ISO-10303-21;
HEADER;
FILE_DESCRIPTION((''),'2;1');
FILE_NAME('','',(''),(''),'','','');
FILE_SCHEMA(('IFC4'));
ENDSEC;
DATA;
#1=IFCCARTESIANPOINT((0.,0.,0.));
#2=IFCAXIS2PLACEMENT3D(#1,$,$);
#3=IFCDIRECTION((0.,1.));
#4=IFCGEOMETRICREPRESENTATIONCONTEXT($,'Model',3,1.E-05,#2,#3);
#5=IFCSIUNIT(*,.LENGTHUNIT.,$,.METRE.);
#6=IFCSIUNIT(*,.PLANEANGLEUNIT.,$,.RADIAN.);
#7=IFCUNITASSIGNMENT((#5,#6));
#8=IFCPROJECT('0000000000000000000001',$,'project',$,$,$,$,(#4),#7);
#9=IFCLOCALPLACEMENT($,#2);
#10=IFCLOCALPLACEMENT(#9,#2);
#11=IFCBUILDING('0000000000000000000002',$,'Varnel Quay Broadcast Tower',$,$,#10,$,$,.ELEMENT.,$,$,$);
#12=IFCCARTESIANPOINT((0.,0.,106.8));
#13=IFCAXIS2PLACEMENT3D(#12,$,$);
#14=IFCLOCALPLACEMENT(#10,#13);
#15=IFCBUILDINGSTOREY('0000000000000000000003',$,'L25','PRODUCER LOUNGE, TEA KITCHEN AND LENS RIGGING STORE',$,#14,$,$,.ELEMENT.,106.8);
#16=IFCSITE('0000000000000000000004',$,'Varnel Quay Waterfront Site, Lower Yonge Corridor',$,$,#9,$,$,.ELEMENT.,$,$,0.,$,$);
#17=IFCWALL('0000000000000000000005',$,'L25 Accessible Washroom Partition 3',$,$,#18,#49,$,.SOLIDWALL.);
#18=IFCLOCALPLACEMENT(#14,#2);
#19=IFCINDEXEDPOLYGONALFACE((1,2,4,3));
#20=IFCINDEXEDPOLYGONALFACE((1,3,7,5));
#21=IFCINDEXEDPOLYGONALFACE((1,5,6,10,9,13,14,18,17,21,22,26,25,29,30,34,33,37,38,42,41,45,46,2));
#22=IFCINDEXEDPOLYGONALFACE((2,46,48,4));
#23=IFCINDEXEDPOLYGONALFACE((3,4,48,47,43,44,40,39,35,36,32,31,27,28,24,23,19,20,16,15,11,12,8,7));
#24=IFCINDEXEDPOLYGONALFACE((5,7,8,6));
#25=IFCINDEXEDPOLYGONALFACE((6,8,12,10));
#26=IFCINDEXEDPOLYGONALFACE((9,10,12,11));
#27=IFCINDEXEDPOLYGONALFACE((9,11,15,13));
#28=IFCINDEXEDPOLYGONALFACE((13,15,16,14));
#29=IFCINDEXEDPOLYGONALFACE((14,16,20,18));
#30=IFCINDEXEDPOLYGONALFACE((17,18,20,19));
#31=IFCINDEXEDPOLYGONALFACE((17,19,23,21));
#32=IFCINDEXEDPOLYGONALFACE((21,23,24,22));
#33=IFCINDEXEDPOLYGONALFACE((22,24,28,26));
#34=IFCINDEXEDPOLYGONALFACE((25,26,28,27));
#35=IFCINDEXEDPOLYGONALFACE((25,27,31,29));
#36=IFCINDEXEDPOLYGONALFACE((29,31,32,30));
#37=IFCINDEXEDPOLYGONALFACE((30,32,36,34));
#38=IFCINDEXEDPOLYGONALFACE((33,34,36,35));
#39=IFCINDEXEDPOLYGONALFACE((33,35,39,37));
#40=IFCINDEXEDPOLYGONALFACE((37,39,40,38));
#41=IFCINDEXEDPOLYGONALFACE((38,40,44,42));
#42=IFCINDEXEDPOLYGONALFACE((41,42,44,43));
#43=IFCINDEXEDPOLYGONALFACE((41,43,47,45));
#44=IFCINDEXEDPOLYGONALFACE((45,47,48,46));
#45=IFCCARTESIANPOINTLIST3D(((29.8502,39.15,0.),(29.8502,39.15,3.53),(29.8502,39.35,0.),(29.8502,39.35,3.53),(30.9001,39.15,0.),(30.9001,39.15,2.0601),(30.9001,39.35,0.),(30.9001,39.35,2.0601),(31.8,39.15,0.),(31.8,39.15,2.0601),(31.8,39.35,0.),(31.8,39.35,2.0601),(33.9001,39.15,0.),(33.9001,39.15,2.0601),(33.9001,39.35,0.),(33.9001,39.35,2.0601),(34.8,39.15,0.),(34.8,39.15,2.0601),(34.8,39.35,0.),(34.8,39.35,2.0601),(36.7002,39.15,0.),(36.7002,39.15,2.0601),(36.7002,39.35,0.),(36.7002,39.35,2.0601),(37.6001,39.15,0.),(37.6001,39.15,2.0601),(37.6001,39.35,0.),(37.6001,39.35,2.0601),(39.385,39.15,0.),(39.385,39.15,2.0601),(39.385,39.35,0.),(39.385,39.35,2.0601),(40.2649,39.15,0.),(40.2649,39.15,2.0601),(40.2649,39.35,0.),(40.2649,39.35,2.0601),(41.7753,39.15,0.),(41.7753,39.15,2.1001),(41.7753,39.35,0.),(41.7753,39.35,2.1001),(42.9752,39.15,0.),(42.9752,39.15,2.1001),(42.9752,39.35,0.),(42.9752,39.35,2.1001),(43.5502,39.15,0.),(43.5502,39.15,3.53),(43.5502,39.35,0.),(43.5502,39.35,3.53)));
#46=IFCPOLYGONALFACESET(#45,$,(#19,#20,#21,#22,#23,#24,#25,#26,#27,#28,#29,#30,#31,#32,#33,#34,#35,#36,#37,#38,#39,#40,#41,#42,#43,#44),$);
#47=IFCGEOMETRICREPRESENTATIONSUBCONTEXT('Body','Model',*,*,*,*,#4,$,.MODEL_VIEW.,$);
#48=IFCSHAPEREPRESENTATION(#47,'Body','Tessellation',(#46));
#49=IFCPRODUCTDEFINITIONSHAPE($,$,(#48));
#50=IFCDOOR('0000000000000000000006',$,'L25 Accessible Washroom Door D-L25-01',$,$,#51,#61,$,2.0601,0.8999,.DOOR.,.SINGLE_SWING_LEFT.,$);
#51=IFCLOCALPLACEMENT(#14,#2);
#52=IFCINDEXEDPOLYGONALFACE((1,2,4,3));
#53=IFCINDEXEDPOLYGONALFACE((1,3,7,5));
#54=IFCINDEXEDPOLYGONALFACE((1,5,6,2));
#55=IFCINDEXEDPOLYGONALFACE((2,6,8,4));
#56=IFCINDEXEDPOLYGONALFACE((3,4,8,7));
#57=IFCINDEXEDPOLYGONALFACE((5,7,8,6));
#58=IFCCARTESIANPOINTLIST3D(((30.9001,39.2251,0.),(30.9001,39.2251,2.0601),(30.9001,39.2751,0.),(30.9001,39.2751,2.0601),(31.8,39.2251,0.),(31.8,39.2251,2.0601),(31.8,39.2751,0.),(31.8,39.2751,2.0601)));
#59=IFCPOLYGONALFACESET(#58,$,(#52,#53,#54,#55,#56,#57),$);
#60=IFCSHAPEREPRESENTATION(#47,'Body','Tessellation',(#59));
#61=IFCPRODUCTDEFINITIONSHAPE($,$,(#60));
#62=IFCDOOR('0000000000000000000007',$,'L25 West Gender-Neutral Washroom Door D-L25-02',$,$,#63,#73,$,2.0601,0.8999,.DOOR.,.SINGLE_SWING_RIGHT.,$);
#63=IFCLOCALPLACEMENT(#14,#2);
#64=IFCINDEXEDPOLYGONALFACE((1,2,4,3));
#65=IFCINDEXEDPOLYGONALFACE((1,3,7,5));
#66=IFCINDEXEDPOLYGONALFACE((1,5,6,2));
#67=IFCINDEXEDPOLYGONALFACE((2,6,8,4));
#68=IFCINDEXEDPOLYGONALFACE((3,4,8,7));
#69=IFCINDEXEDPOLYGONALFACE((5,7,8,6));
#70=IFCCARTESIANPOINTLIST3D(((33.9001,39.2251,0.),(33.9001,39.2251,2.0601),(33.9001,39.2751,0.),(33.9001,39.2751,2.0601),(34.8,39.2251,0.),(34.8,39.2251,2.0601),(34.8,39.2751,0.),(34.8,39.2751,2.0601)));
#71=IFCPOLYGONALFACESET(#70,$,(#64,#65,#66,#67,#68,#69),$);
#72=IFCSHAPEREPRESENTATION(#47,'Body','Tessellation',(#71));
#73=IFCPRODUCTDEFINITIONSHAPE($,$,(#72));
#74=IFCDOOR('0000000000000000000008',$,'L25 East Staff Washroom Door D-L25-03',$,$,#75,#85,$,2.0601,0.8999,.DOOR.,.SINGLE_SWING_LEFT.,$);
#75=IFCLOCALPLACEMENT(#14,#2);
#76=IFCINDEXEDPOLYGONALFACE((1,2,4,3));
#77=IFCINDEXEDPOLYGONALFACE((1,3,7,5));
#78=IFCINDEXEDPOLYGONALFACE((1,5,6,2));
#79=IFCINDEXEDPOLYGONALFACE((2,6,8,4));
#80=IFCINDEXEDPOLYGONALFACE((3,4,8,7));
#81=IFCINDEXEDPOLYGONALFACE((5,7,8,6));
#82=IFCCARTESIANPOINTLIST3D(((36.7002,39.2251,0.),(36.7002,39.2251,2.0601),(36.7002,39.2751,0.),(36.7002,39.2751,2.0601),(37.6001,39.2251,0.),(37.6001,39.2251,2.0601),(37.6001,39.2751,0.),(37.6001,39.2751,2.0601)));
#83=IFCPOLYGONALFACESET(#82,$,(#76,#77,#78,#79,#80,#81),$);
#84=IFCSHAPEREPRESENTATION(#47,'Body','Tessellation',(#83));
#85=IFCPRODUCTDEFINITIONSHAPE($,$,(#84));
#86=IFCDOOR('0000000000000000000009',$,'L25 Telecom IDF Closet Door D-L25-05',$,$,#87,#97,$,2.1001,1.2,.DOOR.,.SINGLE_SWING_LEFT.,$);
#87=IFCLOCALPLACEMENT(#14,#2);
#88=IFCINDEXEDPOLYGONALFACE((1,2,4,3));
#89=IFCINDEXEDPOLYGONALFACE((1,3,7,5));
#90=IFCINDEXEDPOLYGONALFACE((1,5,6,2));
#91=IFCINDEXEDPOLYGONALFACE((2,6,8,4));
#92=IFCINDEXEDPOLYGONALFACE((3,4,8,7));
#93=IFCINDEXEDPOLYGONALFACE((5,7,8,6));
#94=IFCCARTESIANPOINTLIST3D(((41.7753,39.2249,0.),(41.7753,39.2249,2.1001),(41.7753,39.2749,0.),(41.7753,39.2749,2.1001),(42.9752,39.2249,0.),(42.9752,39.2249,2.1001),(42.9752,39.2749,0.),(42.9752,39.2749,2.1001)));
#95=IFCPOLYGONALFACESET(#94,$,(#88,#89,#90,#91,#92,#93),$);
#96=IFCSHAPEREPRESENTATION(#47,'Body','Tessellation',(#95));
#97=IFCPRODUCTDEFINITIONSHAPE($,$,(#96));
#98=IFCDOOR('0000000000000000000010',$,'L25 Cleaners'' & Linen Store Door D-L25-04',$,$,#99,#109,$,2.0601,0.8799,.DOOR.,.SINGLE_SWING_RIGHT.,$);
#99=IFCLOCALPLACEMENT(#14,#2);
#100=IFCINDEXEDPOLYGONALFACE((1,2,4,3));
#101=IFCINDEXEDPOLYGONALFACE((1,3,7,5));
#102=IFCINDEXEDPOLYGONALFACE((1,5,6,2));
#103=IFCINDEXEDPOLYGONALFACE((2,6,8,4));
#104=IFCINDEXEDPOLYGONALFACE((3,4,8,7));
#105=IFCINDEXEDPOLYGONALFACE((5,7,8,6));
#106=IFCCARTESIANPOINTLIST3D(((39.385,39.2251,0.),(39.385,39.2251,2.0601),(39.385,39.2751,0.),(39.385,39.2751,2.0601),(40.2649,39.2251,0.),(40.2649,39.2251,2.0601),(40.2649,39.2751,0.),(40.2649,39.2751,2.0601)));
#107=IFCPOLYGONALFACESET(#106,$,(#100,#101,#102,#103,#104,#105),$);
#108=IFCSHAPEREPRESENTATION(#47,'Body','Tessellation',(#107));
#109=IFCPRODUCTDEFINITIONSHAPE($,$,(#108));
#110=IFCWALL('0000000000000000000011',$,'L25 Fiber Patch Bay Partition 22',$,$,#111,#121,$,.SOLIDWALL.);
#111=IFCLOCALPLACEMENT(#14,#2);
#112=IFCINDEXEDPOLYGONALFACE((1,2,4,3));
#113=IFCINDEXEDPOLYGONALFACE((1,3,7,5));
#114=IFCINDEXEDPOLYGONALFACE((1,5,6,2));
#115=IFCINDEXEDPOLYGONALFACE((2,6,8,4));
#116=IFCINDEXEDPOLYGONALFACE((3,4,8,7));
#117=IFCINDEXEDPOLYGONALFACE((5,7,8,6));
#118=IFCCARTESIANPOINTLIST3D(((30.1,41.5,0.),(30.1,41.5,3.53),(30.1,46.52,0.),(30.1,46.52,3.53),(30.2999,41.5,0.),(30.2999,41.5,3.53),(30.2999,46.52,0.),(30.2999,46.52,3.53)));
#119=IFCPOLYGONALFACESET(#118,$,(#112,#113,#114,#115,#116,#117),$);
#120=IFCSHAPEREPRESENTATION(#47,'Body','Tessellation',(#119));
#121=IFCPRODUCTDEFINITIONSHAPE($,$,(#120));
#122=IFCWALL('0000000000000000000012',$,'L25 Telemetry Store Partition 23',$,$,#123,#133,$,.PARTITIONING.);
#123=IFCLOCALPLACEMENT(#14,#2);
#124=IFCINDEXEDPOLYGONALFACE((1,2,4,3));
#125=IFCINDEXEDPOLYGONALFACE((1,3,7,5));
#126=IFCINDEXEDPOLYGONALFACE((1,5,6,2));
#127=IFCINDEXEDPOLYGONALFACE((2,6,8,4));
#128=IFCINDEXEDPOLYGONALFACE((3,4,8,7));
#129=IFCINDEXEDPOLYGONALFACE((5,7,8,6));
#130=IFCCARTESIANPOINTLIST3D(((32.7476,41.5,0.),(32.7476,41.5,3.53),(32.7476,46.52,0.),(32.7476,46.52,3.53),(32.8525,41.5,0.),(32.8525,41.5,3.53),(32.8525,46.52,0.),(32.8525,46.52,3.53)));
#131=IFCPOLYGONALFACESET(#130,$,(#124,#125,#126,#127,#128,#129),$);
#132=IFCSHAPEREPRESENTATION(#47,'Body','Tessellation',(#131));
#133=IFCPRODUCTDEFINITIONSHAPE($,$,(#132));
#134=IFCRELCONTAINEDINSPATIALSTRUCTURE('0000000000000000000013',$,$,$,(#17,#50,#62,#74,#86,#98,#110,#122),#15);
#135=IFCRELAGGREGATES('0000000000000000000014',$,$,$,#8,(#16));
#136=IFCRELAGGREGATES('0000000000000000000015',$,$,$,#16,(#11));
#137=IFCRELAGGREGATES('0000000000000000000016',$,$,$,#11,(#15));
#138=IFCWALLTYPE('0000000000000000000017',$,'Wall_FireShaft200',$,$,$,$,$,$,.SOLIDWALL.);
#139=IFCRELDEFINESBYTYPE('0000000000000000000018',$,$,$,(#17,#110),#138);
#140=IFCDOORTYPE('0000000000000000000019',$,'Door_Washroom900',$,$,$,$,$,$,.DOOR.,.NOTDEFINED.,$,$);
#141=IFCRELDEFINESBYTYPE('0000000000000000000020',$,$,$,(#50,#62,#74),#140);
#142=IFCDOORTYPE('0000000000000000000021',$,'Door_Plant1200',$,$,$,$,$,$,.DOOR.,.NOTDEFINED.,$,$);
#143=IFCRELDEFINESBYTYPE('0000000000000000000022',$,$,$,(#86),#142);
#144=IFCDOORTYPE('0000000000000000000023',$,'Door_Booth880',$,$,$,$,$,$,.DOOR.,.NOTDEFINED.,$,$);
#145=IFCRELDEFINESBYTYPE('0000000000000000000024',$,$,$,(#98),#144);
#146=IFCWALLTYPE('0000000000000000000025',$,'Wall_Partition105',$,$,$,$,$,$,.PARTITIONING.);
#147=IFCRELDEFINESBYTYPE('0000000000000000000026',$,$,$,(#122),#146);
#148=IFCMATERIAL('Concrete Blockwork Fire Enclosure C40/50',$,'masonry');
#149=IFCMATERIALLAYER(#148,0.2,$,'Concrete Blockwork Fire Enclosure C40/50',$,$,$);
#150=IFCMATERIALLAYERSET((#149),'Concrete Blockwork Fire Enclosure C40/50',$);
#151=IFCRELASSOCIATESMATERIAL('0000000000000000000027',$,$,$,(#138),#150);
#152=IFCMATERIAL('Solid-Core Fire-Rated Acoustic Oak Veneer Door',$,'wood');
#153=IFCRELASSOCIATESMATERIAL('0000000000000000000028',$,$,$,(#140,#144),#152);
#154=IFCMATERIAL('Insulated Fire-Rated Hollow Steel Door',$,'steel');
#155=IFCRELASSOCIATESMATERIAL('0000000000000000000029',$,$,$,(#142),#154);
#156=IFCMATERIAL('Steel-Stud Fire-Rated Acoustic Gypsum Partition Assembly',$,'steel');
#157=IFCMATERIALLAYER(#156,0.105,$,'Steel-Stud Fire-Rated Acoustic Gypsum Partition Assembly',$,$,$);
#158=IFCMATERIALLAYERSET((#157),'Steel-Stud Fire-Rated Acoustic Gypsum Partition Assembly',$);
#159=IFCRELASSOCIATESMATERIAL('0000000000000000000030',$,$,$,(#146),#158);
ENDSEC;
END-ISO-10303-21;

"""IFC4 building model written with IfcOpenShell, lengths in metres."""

from ifc_helpers import new_model, si_unit, direction, frame, frame_2d, origin, place, context, subcontext, project, spatial, rectangle, extrude, source, transform, mapped, material, layer, layer_set, type_object, type_shapes, element, fill, save


model = new_model("IFC4")

# Units and contexts
model_context = context("Model", 3, precision=1e-05, world=origin(), true_north=direction((0.0, 1.0)))
body_context = subcontext(model_context, "Body", "Model", "MODEL_VIEW")
ifc_project = project(units=[si_unit("LENGTHUNIT", "METRE"), si_unit("PLANEANGLEUNIT", "RADIAN")], contexts=[model_context])

# Site, building, storey
site_placement = place(None, origin())
site = spatial("IfcSite", under=ifc_project, at=site_placement, Name="Varnel Quay Waterfront Site, Lower Yonge Corridor", CompositionType="ELEMENT", RefElevation=0.0)
building_placement = place(site_placement, origin())
building = spatial("IfcBuilding", under=site, at=building_placement, Name="Varnel Quay Broadcast Tower", CompositionType="ELEMENT")
storey_placement = place(building_placement, frame((0.0, 0.0, 106.8)))
storey = spatial("IfcBuildingStorey", under=building, at=storey_placement, Name="L25", Description="PRODUCER LOUNGE, TEA KITCHEN AND LENS RIGGING STORE", CompositionType="ELEMENT", Elevation=106.8)

# Wall, openings, doors
ifc_material_1 = material(Name="Concrete Blockwork Fire Enclosure C40/50", Category="masonry")
ifc_layer_1 = layer(ifc_material_1, 0.2, Name="Concrete Blockwork Fire Enclosure C40/50")
ifc_layer_set_1 = layer_set([ifc_layer_1], Name="Concrete Blockwork Fire Enclosure C40/50")
wall_type_1 = type_object("IfcWallType", Name="Wall_FireShaft200", PredefinedType="SOLIDWALL", material=ifc_layer_set_1)
wall_1_placement = place(storey_placement, frame((29.8501, 39.25, 0.0), z_axis=(0.0, 0.0, 1.0), x_axis=(1.0, 0.0, 0.0)))
wall_1 = element("IfcWall", 1, at=wall_1_placement, inside=storey, type_object=wall_type_1, Name="L25 Accessible Washroom Partition 3", PredefinedType="SOLIDWALL", context=body_context, shape_type="SweptSolid", body=[
    extrude(rectangle(XDim=13.7, YDim=0.2, at=frame_2d((6.8501, 0.0))), origin(), (0.0, 0.0, 1.0), 3.53),
])
opening_1_placement = place(wall_1_placement, frame((1.05, 0.0, 0.0)))
opening_1 = element("IfcOpeningElement", 2, at=opening_1_placement, cuts=wall_1, PredefinedType="OPENING", context=body_context, shape_type="SweptSolid", body=[
    extrude(rectangle(XDim=0.8999, YDim=2.0601, at=frame_2d((0.45, 1.03))), frame((0.0, 0.1099, 0.0), z_axis=(0.0, -1.0, 0.0), x_axis=(1.0, 0.0, 0.0)), (0.0, 0.0, 1.0), 0.22),
])
opening_2_placement = place(wall_1_placement, frame((4.05, 0.0, 0.0)))
opening_2 = element("IfcOpeningElement", 3, at=opening_2_placement, cuts=wall_1, PredefinedType="OPENING", context=body_context, shape_type="SweptSolid", body=[
    extrude(rectangle(XDim=0.8999, YDim=2.0601, at=frame_2d((0.45, 1.03))), frame((0.0, 0.1099, 0.0), z_axis=(0.0, -1.0, 0.0), x_axis=(1.0, 0.0, 0.0)), (0.0, 0.0, 1.0), 0.22),
])
opening_3_placement = place(wall_1_placement, frame((6.8501, 0.0, 0.0)))
opening_3 = element("IfcOpeningElement", 4, at=opening_3_placement, cuts=wall_1, PredefinedType="OPENING", context=body_context, shape_type="SweptSolid", body=[
    extrude(rectangle(XDim=0.8999, YDim=2.0601, at=frame_2d((0.45, 1.03))), frame((0.0, 0.1099, 0.0), z_axis=(0.0, -1.0, 0.0), x_axis=(1.0, 0.0, 0.0)), (0.0, 0.0, 1.0), 0.22),
])
opening_4_placement = place(wall_1_placement, frame((9.5349, 0.0, 0.0)))
opening_4 = element("IfcOpeningElement", 5, at=opening_4_placement, cuts=wall_1, PredefinedType="OPENING", context=body_context, shape_type="SweptSolid", body=[
    extrude(rectangle(XDim=0.8799, YDim=2.0601, at=frame_2d((0.4399, 1.03))), frame((0.0, 0.1099, 0.0), z_axis=(0.0, -1.0, 0.0), x_axis=(1.0, 0.0, 0.0)), (0.0, 0.0, 1.0), 0.22),
])
opening_5_placement = place(wall_1_placement, frame((11.925, 0.0, 0.0)))
opening_5 = element("IfcOpeningElement", 6, at=opening_5_placement, cuts=wall_1, PredefinedType="OPENING", context=body_context, shape_type="SweptSolid", body=[
    extrude(rectangle(XDim=1.2, YDim=2.1001, at=frame_2d((0.6001, 1.05))), frame((0.0, 0.1099, 0.0), z_axis=(0.0, -1.0, 0.0), x_axis=(1.0, 0.0, 0.0)), (0.0, 0.0, 1.0), 0.22),
])
ifc_material_2 = material(Name="Solid-Core Fire-Rated Acoustic Oak Veneer Door", Category="wood")
door_type_1 = type_object("IfcDoorType", Name="Door_Washroom900", OperationType="NOTDEFINED", PredefinedType="DOOR", material=ifc_material_2)
shared_shape_1 = source(origin(), body_context, "Body", "SweptSolid", [
    extrude(rectangle(XDim=0.8999, YDim=2.0601, at=frame_2d((0.45, 1.03))), frame((0.0, 0.0249, 0.0), z_axis=(0.0, -1.0, 0.0), x_axis=(1.0, 0.0, 0.0)), (0.0, 0.0, 1.0), 0.05),
])
type_shapes(door_type_1, [shared_shape_1])
door_1_placement = place(opening_1_placement, frame((0.8999, 0.0, 0.0), z_axis=(0.0, 0.0, 1.0), x_axis=(-1.0, 0.0, 0.0)))
door_1 = element("IfcDoor", 7, at=door_1_placement, inside=storey, type_object=door_type_1, Name="L25 Accessible Washroom Door D-L25-01", OperationType="SINGLE_SWING_LEFT", OverallHeight=2.0601, OverallWidth=0.8999, PredefinedType="DOOR", context=body_context, shape_type="MappedRepresentation", body=[
    mapped(shared_shape_1, transform((0.0, 0.0, 0.0), x_axis=(1.0, 0.0, 0.0), y_axis=(0.0, 1.0, 0.0), z_axis=(0.0, 0.0, 1.0), scale=1.0)),
])
fill(opening_1, door_1)
door_2_placement = place(opening_2_placement, frame((0.8999, 0.0, 0.0), z_axis=(0.0, 0.0, 1.0), x_axis=(-1.0, 0.0, 0.0)))
door_2 = element("IfcDoor", 8, at=door_2_placement, inside=storey, type_object=door_type_1, Name="L25 West Gender-Neutral Washroom Door D-L25-02", OperationType="SINGLE_SWING_RIGHT", OverallHeight=2.0601, OverallWidth=0.8999, PredefinedType="DOOR", context=body_context, shape_type="MappedRepresentation", body=[
    mapped(shared_shape_1, transform((0.0, 0.0, 0.0), x_axis=(1.0, 0.0, 0.0), y_axis=(0.0, 1.0, 0.0), z_axis=(0.0, 0.0, 1.0), scale=1.0)),
])
fill(opening_2, door_2)
door_3_placement = place(opening_3_placement, frame((0.8999, 0.0, 0.0), z_axis=(0.0, 0.0, 1.0), x_axis=(-1.0, 0.0, 0.0)))
door_3 = element("IfcDoor", 9, at=door_3_placement, inside=storey, type_object=door_type_1, Name="L25 East Staff Washroom Door D-L25-03", OperationType="SINGLE_SWING_LEFT", OverallHeight=2.0601, OverallWidth=0.8999, PredefinedType="DOOR", context=body_context, shape_type="MappedRepresentation", body=[
    mapped(shared_shape_1, transform((0.0, 0.0, 0.0), x_axis=(1.0, 0.0, 0.0), y_axis=(0.0, 1.0, 0.0), z_axis=(0.0, 0.0, 1.0), scale=1.0)),
])
fill(opening_3, door_3)
ifc_material_3 = material(Name="Insulated Fire-Rated Hollow Steel Door", Category="steel")
door_type_2 = type_object("IfcDoorType", Name="Door_Plant1200", OperationType="NOTDEFINED", PredefinedType="DOOR", material=ifc_material_3)
shared_shape_2 = source(origin(), body_context, "Body", "SweptSolid", [
    extrude(rectangle(XDim=1.2, YDim=2.1001, at=frame_2d((0.6001, 1.05))), frame((0.0, 0.0249, 0.0), z_axis=(0.0, -1.0, 0.0), x_axis=(1.0, 0.0, 0.0)), (0.0, 0.0, 1.0), 0.05),
])
type_shapes(door_type_2, [shared_shape_2])
door_4_placement = place(opening_5_placement, origin())
door_4 = element("IfcDoor", 10, at=door_4_placement, inside=storey, type_object=door_type_2, Name="L25 Telecom IDF Closet Door D-L25-05", OperationType="SINGLE_SWING_LEFT", OverallHeight=2.1001, OverallWidth=1.2, PredefinedType="DOOR", context=body_context, shape_type="MappedRepresentation", body=[
    mapped(shared_shape_2, transform((0.0, 0.0, 0.0), x_axis=(1.0, 0.0, 0.0), y_axis=(0.0, 1.0, 0.0), z_axis=(0.0, 0.0, 1.0), scale=1.0)),
])
fill(opening_5, door_4)
door_type_3 = type_object("IfcDoorType", Name="Door_Booth880", OperationType="NOTDEFINED", PredefinedType="DOOR", material=ifc_material_2)
shared_shape_3 = source(origin(), body_context, "Body", "SweptSolid", [
    extrude(rectangle(XDim=0.8799, YDim=2.0601, at=frame_2d((0.4399, 1.03))), frame((0.0, 0.0249, 0.0), z_axis=(0.0, -1.0, 0.0), x_axis=(1.0, 0.0, 0.0)), (0.0, 0.0, 1.0), 0.05),
])
type_shapes(door_type_3, [shared_shape_3])
door_5_placement = place(opening_4_placement, frame((0.8799, 0.0, 0.0), z_axis=(0.0, 0.0, 1.0), x_axis=(-1.0, 0.0, 0.0)))
door_5 = element("IfcDoor", 11, at=door_5_placement, inside=storey, type_object=door_type_3, Name="L25 Cleaners' & Linen Store Door D-L25-04", OperationType="SINGLE_SWING_RIGHT", OverallHeight=2.0601, OverallWidth=0.8799, PredefinedType="DOOR", context=body_context, shape_type="MappedRepresentation", body=[
    mapped(shared_shape_3, transform((0.0, 0.0, 0.0), x_axis=(1.0, 0.0, 0.0), y_axis=(0.0, 1.0, 0.0), z_axis=(0.0, 0.0, 1.0), scale=1.0)),
])
fill(opening_4, door_5)

# Walls
wall_2_placement = place(storey_placement, frame((30.2, 41.5, 0.0), z_axis=(0.0, 0.0, 1.0), x_axis=(0.0, 1.0, 0.0)))
element("IfcWall", 12, at=wall_2_placement, inside=storey, type_object=wall_type_1, Name="L25 Fiber Patch Bay Partition 22", PredefinedType="SOLIDWALL", context=body_context, shape_type="SweptSolid", body=[
    extrude(rectangle(XDim=5.02, YDim=0.2, at=frame_2d((2.51, 0.0))), origin(), (0.0, 0.0, 1.0), 3.53),
])
ifc_material_4 = material(Name="Steel-Stud Fire-Rated Acoustic Gypsum Partition Assembly", Category="steel")
ifc_layer_2 = layer(ifc_material_4, 0.105, Name="Steel-Stud Fire-Rated Acoustic Gypsum Partition Assembly")
ifc_layer_set_2 = layer_set([ifc_layer_2], Name="Steel-Stud Fire-Rated Acoustic Gypsum Partition Assembly")
wall_type_2 = type_object("IfcWallType", Name="Wall_Partition105", PredefinedType="PARTITIONING", material=ifc_layer_set_2)
wall_3_placement = place(storey_placement, frame((32.8, 41.5, 0.0), z_axis=(0.0, 0.0, 1.0), x_axis=(0.0, 1.0, 0.0)))
element("IfcWall", 13, at=wall_3_placement, inside=storey, type_object=wall_type_2, Name="L25 Telemetry Store Partition 23", PredefinedType="PARTITIONING", context=body_context, shape_type="SweptSolid", body=[
    extrude(rectangle(XDim=5.02, YDim=0.105, at=frame_2d((2.51, 0.0))), origin(), (0.0, 0.0, 1.0), 3.53),
])

save(model, "model.ifc")
